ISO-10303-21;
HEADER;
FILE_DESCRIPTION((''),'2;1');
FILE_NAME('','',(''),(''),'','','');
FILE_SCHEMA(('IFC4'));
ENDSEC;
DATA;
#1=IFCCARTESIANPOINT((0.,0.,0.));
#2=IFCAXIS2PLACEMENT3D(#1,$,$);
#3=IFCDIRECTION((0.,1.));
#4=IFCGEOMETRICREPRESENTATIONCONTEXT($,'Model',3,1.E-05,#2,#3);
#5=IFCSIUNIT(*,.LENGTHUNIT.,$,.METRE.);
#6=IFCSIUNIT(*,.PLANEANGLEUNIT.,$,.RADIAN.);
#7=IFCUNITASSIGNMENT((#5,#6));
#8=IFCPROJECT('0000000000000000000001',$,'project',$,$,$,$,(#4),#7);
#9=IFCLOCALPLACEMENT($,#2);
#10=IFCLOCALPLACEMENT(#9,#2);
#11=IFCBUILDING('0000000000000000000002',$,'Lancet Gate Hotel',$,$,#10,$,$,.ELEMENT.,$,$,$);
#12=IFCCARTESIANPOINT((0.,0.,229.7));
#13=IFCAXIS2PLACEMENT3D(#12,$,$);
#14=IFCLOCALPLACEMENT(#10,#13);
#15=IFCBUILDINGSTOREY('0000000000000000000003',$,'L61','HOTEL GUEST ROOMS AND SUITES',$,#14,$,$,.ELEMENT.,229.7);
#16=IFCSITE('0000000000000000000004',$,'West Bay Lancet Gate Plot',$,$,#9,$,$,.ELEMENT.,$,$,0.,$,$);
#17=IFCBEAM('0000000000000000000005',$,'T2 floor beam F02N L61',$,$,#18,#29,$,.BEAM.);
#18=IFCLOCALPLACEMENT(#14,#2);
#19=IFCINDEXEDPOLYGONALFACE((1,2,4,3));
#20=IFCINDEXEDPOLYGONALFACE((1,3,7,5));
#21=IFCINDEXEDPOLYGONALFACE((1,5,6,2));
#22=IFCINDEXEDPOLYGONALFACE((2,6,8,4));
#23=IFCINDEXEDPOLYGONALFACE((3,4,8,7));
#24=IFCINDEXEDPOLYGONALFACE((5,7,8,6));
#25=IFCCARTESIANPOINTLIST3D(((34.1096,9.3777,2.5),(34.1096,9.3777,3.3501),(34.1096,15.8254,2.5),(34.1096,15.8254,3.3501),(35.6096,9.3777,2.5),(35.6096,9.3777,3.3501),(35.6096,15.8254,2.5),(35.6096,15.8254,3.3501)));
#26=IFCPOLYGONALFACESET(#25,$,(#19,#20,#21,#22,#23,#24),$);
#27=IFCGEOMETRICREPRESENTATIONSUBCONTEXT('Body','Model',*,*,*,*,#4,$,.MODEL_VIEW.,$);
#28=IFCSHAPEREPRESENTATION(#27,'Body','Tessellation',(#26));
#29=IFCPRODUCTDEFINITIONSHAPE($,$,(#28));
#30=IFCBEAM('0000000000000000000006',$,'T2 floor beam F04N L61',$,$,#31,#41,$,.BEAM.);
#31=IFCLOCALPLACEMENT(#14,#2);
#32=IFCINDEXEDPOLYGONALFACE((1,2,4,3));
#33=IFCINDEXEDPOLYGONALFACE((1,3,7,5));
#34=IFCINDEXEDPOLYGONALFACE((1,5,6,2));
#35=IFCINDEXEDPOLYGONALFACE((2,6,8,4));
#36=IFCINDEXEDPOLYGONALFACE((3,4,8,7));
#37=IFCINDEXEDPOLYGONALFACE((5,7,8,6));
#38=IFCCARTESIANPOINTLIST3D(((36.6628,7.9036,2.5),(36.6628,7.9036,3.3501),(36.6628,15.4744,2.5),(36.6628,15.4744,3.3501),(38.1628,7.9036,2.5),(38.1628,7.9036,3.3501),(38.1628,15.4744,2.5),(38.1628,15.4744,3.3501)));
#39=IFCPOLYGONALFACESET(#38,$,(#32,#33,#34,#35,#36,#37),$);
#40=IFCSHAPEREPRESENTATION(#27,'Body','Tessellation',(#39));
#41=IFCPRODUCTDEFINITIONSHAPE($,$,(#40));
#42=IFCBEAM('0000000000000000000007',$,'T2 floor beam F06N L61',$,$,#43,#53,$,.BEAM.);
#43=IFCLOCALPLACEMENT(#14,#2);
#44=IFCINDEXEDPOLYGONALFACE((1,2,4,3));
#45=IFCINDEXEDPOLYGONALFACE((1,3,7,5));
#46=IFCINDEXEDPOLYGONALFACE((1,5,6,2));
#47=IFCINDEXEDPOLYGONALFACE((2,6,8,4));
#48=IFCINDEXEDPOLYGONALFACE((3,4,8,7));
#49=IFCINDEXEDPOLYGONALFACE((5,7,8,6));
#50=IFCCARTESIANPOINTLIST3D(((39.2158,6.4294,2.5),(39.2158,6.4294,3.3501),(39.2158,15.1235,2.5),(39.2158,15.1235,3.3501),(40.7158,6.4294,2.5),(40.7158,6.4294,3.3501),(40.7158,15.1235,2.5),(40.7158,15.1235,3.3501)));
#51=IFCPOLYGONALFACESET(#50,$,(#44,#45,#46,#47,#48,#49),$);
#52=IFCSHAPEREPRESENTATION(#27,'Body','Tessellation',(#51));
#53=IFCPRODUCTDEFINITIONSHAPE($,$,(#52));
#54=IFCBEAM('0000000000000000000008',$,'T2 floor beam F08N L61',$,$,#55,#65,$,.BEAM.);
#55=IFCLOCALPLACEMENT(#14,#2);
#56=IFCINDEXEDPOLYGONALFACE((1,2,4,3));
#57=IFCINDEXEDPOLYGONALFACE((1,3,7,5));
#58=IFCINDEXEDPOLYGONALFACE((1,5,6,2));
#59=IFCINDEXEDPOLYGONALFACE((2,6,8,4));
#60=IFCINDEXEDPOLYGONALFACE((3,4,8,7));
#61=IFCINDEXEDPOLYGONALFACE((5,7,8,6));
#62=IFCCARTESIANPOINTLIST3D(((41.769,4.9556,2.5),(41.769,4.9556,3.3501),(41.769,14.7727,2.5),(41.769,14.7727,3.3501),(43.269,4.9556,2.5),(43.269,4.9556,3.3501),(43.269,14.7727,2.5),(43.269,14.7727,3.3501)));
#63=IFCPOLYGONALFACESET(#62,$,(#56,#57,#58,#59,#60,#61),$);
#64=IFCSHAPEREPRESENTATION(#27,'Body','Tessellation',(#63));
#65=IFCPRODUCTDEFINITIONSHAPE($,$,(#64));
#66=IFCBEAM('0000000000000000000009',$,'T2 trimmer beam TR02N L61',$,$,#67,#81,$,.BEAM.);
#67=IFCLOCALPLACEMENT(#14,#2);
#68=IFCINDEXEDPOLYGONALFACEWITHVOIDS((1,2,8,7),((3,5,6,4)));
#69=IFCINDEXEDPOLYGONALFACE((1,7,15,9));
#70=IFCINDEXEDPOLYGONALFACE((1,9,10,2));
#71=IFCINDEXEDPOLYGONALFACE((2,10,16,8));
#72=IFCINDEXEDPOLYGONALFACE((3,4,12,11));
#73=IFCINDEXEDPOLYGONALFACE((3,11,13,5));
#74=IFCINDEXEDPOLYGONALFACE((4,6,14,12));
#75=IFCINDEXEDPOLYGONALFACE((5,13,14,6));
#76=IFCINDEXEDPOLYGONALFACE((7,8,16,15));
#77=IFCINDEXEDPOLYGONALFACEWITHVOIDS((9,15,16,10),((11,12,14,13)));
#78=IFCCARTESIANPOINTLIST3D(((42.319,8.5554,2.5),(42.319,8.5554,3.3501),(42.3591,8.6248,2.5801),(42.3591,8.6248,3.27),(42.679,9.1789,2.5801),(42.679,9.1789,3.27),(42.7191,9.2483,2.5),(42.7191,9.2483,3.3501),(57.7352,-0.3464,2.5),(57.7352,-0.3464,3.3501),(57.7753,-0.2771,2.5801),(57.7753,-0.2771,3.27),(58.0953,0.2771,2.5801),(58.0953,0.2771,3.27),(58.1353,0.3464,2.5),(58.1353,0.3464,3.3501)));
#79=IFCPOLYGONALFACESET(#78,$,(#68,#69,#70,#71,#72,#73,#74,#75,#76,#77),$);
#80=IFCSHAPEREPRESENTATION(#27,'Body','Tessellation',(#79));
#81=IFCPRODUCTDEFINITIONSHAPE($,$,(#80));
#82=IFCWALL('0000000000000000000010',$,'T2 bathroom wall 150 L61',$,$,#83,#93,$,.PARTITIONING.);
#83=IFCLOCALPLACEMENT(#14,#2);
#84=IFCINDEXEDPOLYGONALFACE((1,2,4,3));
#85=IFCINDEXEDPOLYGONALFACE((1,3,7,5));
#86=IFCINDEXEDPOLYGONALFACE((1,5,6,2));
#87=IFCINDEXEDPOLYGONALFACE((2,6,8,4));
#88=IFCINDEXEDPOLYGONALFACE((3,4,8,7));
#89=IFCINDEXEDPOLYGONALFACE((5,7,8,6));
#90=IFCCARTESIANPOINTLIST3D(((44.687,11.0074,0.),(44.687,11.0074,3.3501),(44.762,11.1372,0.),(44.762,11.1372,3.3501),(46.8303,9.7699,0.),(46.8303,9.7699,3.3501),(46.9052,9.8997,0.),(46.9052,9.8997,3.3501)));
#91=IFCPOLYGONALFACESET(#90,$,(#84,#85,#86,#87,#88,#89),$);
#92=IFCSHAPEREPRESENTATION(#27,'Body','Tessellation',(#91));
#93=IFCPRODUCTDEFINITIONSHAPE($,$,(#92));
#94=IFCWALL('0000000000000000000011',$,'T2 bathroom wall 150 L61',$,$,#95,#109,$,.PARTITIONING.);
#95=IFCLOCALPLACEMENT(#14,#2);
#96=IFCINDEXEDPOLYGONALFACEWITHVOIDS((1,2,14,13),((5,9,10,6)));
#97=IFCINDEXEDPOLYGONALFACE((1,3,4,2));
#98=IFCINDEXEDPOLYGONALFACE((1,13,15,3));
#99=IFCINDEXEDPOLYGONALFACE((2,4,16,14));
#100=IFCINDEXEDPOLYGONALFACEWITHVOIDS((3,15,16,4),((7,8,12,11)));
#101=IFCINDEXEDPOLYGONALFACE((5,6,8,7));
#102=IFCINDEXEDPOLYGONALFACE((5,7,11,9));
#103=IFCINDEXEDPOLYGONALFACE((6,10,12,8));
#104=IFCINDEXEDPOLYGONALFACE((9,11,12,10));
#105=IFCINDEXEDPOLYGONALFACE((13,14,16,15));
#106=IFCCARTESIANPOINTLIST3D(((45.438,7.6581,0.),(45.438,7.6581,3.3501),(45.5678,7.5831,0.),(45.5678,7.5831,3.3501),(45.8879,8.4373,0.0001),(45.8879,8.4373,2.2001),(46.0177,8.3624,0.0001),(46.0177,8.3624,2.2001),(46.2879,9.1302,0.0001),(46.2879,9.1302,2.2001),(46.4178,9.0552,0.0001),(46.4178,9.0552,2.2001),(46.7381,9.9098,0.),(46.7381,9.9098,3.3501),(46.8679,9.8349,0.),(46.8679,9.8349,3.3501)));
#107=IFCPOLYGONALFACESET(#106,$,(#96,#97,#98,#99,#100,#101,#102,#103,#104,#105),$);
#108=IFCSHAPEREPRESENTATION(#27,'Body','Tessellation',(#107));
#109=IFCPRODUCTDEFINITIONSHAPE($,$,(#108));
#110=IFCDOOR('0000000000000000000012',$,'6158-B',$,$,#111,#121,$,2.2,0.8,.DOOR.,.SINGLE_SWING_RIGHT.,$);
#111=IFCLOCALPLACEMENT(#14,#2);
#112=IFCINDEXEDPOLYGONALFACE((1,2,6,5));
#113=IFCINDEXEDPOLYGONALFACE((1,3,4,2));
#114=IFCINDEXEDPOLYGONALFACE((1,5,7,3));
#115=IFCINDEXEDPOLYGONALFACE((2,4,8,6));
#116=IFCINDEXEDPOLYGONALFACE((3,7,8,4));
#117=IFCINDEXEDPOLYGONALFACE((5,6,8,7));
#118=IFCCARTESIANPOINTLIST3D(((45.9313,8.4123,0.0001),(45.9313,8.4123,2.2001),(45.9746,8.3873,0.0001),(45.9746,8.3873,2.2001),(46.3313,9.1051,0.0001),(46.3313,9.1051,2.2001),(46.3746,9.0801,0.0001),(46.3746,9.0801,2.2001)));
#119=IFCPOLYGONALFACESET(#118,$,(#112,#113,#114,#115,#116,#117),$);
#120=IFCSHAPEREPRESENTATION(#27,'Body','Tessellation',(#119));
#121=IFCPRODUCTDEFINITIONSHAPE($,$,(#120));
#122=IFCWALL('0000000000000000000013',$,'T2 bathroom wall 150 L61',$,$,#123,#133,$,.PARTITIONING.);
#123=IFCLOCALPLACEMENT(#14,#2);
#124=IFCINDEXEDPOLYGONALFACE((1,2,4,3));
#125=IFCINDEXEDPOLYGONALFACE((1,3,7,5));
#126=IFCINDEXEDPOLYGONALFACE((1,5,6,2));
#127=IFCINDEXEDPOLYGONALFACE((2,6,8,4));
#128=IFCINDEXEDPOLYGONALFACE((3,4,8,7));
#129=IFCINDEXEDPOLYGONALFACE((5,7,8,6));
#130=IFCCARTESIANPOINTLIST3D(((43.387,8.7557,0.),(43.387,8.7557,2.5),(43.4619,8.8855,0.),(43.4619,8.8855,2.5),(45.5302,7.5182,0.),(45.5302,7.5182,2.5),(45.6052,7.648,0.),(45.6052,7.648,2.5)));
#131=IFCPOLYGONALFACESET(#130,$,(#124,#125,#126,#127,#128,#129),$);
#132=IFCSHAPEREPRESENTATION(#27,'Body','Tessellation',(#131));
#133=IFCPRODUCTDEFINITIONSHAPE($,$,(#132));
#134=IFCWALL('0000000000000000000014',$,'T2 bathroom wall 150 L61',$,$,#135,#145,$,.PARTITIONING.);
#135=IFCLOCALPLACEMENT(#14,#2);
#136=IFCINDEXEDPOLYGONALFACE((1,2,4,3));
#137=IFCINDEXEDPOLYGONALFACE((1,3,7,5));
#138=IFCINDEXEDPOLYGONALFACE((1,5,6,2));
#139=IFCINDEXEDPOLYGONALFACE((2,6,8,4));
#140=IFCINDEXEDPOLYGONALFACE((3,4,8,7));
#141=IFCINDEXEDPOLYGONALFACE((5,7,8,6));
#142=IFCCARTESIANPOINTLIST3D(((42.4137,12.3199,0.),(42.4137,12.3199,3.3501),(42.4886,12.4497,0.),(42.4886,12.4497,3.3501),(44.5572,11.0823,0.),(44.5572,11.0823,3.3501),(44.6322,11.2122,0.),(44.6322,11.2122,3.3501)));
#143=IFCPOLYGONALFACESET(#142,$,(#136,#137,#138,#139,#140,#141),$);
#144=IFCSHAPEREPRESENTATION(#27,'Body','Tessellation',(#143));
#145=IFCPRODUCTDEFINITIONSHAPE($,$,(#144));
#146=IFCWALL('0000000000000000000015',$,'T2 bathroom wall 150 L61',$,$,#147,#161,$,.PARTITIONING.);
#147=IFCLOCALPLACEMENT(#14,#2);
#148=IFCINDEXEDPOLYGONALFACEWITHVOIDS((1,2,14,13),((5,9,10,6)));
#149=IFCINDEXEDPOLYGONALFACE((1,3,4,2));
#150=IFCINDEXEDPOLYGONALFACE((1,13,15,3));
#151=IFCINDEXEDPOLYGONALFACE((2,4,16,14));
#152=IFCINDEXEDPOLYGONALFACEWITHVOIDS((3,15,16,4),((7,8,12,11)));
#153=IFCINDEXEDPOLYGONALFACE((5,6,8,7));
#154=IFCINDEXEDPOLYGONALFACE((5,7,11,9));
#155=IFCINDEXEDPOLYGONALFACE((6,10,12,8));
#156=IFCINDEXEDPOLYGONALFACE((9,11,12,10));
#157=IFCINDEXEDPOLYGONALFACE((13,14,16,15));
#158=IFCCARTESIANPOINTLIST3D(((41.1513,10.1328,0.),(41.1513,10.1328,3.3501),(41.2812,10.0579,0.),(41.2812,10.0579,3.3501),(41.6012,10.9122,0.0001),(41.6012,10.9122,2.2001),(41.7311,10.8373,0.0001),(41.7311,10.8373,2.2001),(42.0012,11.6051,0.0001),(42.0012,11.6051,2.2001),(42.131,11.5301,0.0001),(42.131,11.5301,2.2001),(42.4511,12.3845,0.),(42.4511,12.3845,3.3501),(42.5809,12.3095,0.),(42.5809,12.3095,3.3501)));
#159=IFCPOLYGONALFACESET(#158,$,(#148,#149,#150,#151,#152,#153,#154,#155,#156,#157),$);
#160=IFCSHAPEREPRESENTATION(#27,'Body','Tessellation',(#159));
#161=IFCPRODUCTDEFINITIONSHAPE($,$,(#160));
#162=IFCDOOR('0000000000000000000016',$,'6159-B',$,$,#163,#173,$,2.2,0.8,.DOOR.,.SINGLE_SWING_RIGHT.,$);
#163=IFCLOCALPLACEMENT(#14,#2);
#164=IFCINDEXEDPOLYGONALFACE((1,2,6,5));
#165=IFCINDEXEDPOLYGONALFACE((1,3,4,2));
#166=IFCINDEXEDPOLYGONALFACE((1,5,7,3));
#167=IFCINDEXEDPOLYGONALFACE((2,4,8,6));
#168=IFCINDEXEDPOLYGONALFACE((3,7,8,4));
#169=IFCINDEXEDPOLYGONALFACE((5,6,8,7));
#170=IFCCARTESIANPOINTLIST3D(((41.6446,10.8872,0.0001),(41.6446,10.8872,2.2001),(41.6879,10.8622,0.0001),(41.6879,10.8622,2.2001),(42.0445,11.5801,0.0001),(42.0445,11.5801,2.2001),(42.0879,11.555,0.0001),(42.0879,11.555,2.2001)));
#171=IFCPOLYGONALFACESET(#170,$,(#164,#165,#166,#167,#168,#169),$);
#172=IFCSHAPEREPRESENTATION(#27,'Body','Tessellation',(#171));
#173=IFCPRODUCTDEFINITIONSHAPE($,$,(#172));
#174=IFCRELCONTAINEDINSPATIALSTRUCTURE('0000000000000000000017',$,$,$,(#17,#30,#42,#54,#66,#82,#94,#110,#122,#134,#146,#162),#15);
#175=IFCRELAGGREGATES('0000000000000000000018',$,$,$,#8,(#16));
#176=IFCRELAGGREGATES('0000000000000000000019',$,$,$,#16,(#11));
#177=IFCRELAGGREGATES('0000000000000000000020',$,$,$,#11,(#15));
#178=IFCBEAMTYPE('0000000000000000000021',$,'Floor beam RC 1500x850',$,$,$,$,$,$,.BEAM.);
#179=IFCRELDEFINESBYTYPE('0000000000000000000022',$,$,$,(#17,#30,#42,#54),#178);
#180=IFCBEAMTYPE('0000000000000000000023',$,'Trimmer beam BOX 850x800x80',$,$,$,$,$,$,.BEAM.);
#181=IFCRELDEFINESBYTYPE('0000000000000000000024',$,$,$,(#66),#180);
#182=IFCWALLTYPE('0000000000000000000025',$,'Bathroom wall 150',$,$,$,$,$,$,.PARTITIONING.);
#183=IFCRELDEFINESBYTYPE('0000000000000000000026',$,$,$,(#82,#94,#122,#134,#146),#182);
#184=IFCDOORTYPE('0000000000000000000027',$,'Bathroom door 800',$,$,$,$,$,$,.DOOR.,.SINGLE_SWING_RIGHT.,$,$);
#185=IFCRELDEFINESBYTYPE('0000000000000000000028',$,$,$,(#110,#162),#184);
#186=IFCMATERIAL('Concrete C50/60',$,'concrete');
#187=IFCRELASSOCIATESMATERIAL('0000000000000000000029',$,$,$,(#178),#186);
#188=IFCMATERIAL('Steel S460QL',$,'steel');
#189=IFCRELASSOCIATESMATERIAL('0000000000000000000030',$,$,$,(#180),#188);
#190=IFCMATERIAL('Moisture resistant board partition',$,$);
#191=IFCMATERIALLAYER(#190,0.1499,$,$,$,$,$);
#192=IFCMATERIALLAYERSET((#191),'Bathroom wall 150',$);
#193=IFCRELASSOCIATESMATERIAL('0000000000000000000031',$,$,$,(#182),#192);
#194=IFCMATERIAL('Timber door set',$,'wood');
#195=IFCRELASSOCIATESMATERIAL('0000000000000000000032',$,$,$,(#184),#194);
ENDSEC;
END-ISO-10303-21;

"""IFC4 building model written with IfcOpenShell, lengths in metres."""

from ifc_helpers import new_model, si_unit, direction, frame, frame_2d, origin, origin_2d, place, context, subcontext, project, spatial, rectangle, hollow_rectangle, extrude, material, layer, layer_set, material_profile, profile_set, type_object, element, fill, save


model = new_model("IFC4")

# Units and contexts
model_context = context("Model", 3, precision=1e-05, world=origin(), true_north=direction((0.0, 1.0)))
body_context = subcontext(model_context, "Body", "Model", "MODEL_VIEW")
ifc_project = project(units=[si_unit("LENGTHUNIT", "METRE"), si_unit("PLANEANGLEUNIT", "RADIAN")], contexts=[model_context])

# Site, building, storey
site_placement = place(None, origin())
site = spatial("IfcSite", under=ifc_project, at=site_placement, Name="West Bay Lancet Gate Plot", CompositionType="ELEMENT", RefElevation=0.0)
building_placement = place(site_placement, origin())
building = spatial("IfcBuilding", under=site, at=building_placement, Name="Lancet Gate Hotel", CompositionType="ELEMENT")
storey_placement = place(building_placement, frame((0.0, 0.0, 229.7)))
storey = spatial("IfcBuildingStorey", under=building, at=storey_placement, Name="L61", Description="HOTEL GUEST ROOMS AND SUITES", CompositionType="ELEMENT", Elevation=229.7)

# Beams
ifc_material_1 = material(Name="Concrete C50/60", Category="concrete")
ifc_material_profile_1 = material_profile(ifc_material_1, rectangle(XDim=1.5, YDim=0.8501, at=origin_2d()), Name="RC 1500x850")
ifc_profile_set_1 = profile_set([ifc_material_profile_1], Name="Concrete C50/60")
beam_type_1 = type_object("IfcBeamType", Name="Floor beam RC 1500x850", PredefinedType="BEAM", material=ifc_profile_set_1)
beam_1_placement = place(storey_placement, frame((34.8596, 9.3777, 2.925), z_axis=(0.0, 1.0, 0.0), x_axis=(-1.0, 0.0, 0.0)))
element("IfcBeam", 1, at=beam_1_placement, inside=storey, type_object=beam_type_1, Name="T2 floor beam F02N L61", PredefinedType="BEAM", context=body_context, shape_type="SweptSolid", body=[
    extrude(rectangle(XDim=1.5, YDim=0.8501, at=origin_2d()), origin(), (0.0, 0.0, 1.0), 6.4478),
])
beam_2_placement = place(storey_placement, frame((37.4128, 7.9036, 2.925), z_axis=(0.0, 1.0, 0.0), x_axis=(-1.0, 0.0, 0.0)))
element("IfcBeam", 2, at=beam_2_placement, inside=storey, type_object=beam_type_1, Name="T2 floor beam F04N L61", PredefinedType="BEAM", context=body_context, shape_type="SweptSolid", body=[
    extrude(rectangle(XDim=1.5, YDim=0.8501, at=origin_2d()), origin(), (0.0, 0.0, 1.0), 7.5708),
])
beam_3_placement = place(storey_placement, frame((39.9658, 6.4294, 2.925), z_axis=(0.0, 1.0, 0.0), x_axis=(-1.0, 0.0, 0.0)))
element("IfcBeam", 3, at=beam_3_placement, inside=storey, type_object=beam_type_1, Name="T2 floor beam F06N L61", PredefinedType="BEAM", context=body_context, shape_type="SweptSolid", body=[
    extrude(rectangle(XDim=1.5, YDim=0.8501, at=origin_2d()), origin(), (0.0, 0.0, 1.0), 8.6941),
])
beam_4_placement = place(storey_placement, frame((42.519, 4.9556, 2.925), z_axis=(0.0, 1.0, 0.0), x_axis=(-1.0, 0.0, 0.0)))
element("IfcBeam", 4, at=beam_4_placement, inside=storey, type_object=beam_type_1, Name="T2 floor beam F08N L61", PredefinedType="BEAM", context=body_context, shape_type="SweptSolid", body=[
    extrude(rectangle(XDim=1.5, YDim=0.8501, at=origin_2d()), origin(), (0.0, 0.0, 1.0), 9.8171),
])
ifc_material_2 = material(Name="Steel S460QL", Category="steel")
ifc_material_profile_2 = material_profile(ifc_material_2, hollow_rectangle(XDim=0.8, YDim=0.8501, WallThickness=0.0801, at=origin_2d()), Name="BOX 850x800x80")
ifc_profile_set_2 = profile_set([ifc_material_profile_2], Name="Steel S460QL")
beam_type_2 = type_object("IfcBeamType", Name="Trimmer beam BOX 850x800x80", PredefinedType="BEAM", material=ifc_profile_set_2)
beam_5_placement = place(storey_placement, frame((42.519, 8.9019, 2.925), z_axis=(0.865994, -0.500054, 0.0), x_axis=(0.500054, 0.865994, 0.0)))
element("IfcBeam", 5, at=beam_5_placement, inside=storey, type_object=beam_type_2, Name="T2 trimmer beam TR02N L61", PredefinedType="BEAM", context=body_context, shape_type="SweptSolid", body=[
    extrude(hollow_rectangle(XDim=0.8, YDim=0.8501, WallThickness=0.0801, at=origin_2d()), origin(), (0.0, 0.0, 1.0), 17.8018),
])

# Wall
ifc_material_3 = material(Name="Moisture resistant board partition")
ifc_layer_1 = layer(ifc_material_3, 0.1499)
ifc_layer_set_1 = layer_set([ifc_layer_1], Name="Bathroom wall 150")
wall_type_1 = type_object("IfcWallType", Name="Bathroom wall 150", PredefinedType="PARTITIONING", material=ifc_layer_set_1)
wall_1_placement = place(storey_placement, frame((44.7246, 11.0723, 0.0), z_axis=(0.0, 0.0, 1.0), x_axis=(0.866007, -0.500033, 0.0)))
element("IfcWall", 6, at=wall_1_placement, inside=storey, type_object=wall_type_1, Name="T2 bathroom wall 150 L61", PredefinedType="PARTITIONING", context=body_context, shape_type="SweptSolid", body=[
    extrude(rectangle(XDim=2.4749, YDim=0.1499, at=frame_2d((1.2373, 0.0))), origin(), (0.0, 0.0, 1.0), 3.3501),
])

# Wall, opening, door
wall_2_placement = place(storey_placement, frame((45.5029, 7.6206, 0.0), z_axis=(0.0, 0.0, 1.0), x_axis=(0.500007, 0.866021, 0.0)))
wall_2 = element("IfcWall", 7, at=wall_2_placement, inside=storey, type_object=wall_type_1, Name="T2 bathroom wall 150 L61", PredefinedType="PARTITIONING", context=body_context, shape_type="SweptSolid", body=[
    extrude(rectangle(XDim=2.6001, YDim=0.1499, at=frame_2d((1.3, 0.0))), origin(), (0.0, 0.0, 1.0), 3.3501),
])
opening_1_placement = place(wall_2_placement, frame((0.8999, 0.0, 0.0)))
opening_1 = element("IfcOpeningElement", 8, at=opening_1_placement, cuts=wall_2, PredefinedType="OPENING", context=body_context, shape_type="SweptSolid", body=[
    extrude(rectangle(XDim=0.8, YDim=2.2, at=frame_2d((0.3999, 1.1001))), frame((0.0, 0.085, 0.0), z_axis=(0.0, -1.0, 0.0), x_axis=(1.0, 0.0, 0.0)), (0.0, 0.0, 1.0), 0.1699),
])
ifc_material_4 = material(Name="Timber door set", Category="wood")
door_type_1 = type_object("IfcDoorType", Name="Bathroom door 800", OperationType="SINGLE_SWING_RIGHT", PredefinedType="DOOR", material=ifc_material_4)
door_1_placement = place(opening_1_placement, origin())
door_1 = element("IfcDoor", 9, at=door_1_placement, inside=storey, type_object=door_type_1, Name="6158-B", OperationType="SINGLE_SWING_RIGHT", OverallHeight=2.2, OverallWidth=0.8, PredefinedType="DOOR", context=body_context, shape_type="SweptSolid", body=[
    extrude(rectangle(XDim=0.8, YDim=2.2, at=frame_2d((0.3999, 1.1001))), frame((0.0, 0.0249, 0.0), z_axis=(0.0, -1.0, 0.0), x_axis=(1.0, 0.0, 0.0)), (0.0, 0.0, 1.0), 0.05),
])
fill(opening_1, door_1)

# Walls
wall_3_placement = place(storey_placement, frame((43.4246, 8.8206, 0.0), z_axis=(0.0, 0.0, 1.0), x_axis=(0.866007, -0.500033, 0.0)))
element("IfcWall", 10, at=wall_3_placement, inside=storey, type_object=wall_type_1, Name="T2 bathroom wall 150 L61", PredefinedType="PARTITIONING", context=body_context, shape_type="SweptSolid", body=[
    extrude(rectangle(XDim=2.4749, YDim=0.1499, at=frame_2d((1.2373, 0.0))), origin(), (0.0, 0.0, 1.0), 2.5),
])
wall_4_placement = place(storey_placement, frame((42.4512, 12.3848, 0.0), z_axis=(0.0, 0.0, 1.0), x_axis=(0.866031, -0.49999, 0.0)))
element("IfcWall", 11, at=wall_4_placement, inside=storey, type_object=wall_type_1, Name="T2 bathroom wall 150 L61", PredefinedType="PARTITIONING", context=body_context, shape_type="SweptSolid", body=[
    extrude(rectangle(XDim=2.4751, YDim=0.1499, at=frame_2d((1.2375, 0.0))), origin(), (0.0, 0.0, 1.0), 3.3501),
])

# Wall, opening, door
wall_5_placement = place(storey_placement, frame((41.2163, 10.0955, 0.0), z_axis=(0.0, 0.0, 1.0), x_axis=(0.499937, 0.866062, 0.0)))
wall_5 = element("IfcWall", 12, at=wall_5_placement, inside=storey, type_object=wall_type_1, Name="T2 bathroom wall 150 L61", PredefinedType="PARTITIONING", context=body_context, shape_type="SweptSolid", body=[
    extrude(rectangle(XDim=2.5999, YDim=0.1499, at=frame_2d((1.2998, 0.0))), origin(), (0.0, 0.0, 1.0), 3.3501),
])
opening_2_placement = place(wall_5_placement, frame((0.8999, 0.0, 0.0)))
opening_2 = element("IfcOpeningElement", 13, at=opening_2_placement, cuts=wall_5, PredefinedType="OPENING", context=body_context, shape_type="SweptSolid", body=[
    extrude(rectangle(XDim=0.8, YDim=2.2, at=frame_2d((0.3999, 1.1001))), frame((0.0, 0.085, 0.0), z_axis=(0.0, -1.0, 0.0), x_axis=(1.0, 0.0, 0.0)), (0.0, 0.0, 1.0), 0.1699),
])
door_2_placement = place(opening_2_placement, origin())
door_2 = element("IfcDoor", 14, at=door_2_placement, inside=storey, type_object=door_type_1, Name="6159-B", OperationType="SINGLE_SWING_RIGHT", OverallHeight=2.2, OverallWidth=0.8, PredefinedType="DOOR", context=body_context, shape_type="SweptSolid", body=[
    extrude(rectangle(XDim=0.8, YDim=2.2, at=frame_2d((0.3999, 1.1001))), frame((0.0, 0.0249, 0.0), z_axis=(0.0, -1.0, 0.0), x_axis=(1.0, 0.0, 0.0)), (0.0, 0.0, 1.0), 0.05),
])
fill(opening_2, door_2)

save(model, "model.ifc")
